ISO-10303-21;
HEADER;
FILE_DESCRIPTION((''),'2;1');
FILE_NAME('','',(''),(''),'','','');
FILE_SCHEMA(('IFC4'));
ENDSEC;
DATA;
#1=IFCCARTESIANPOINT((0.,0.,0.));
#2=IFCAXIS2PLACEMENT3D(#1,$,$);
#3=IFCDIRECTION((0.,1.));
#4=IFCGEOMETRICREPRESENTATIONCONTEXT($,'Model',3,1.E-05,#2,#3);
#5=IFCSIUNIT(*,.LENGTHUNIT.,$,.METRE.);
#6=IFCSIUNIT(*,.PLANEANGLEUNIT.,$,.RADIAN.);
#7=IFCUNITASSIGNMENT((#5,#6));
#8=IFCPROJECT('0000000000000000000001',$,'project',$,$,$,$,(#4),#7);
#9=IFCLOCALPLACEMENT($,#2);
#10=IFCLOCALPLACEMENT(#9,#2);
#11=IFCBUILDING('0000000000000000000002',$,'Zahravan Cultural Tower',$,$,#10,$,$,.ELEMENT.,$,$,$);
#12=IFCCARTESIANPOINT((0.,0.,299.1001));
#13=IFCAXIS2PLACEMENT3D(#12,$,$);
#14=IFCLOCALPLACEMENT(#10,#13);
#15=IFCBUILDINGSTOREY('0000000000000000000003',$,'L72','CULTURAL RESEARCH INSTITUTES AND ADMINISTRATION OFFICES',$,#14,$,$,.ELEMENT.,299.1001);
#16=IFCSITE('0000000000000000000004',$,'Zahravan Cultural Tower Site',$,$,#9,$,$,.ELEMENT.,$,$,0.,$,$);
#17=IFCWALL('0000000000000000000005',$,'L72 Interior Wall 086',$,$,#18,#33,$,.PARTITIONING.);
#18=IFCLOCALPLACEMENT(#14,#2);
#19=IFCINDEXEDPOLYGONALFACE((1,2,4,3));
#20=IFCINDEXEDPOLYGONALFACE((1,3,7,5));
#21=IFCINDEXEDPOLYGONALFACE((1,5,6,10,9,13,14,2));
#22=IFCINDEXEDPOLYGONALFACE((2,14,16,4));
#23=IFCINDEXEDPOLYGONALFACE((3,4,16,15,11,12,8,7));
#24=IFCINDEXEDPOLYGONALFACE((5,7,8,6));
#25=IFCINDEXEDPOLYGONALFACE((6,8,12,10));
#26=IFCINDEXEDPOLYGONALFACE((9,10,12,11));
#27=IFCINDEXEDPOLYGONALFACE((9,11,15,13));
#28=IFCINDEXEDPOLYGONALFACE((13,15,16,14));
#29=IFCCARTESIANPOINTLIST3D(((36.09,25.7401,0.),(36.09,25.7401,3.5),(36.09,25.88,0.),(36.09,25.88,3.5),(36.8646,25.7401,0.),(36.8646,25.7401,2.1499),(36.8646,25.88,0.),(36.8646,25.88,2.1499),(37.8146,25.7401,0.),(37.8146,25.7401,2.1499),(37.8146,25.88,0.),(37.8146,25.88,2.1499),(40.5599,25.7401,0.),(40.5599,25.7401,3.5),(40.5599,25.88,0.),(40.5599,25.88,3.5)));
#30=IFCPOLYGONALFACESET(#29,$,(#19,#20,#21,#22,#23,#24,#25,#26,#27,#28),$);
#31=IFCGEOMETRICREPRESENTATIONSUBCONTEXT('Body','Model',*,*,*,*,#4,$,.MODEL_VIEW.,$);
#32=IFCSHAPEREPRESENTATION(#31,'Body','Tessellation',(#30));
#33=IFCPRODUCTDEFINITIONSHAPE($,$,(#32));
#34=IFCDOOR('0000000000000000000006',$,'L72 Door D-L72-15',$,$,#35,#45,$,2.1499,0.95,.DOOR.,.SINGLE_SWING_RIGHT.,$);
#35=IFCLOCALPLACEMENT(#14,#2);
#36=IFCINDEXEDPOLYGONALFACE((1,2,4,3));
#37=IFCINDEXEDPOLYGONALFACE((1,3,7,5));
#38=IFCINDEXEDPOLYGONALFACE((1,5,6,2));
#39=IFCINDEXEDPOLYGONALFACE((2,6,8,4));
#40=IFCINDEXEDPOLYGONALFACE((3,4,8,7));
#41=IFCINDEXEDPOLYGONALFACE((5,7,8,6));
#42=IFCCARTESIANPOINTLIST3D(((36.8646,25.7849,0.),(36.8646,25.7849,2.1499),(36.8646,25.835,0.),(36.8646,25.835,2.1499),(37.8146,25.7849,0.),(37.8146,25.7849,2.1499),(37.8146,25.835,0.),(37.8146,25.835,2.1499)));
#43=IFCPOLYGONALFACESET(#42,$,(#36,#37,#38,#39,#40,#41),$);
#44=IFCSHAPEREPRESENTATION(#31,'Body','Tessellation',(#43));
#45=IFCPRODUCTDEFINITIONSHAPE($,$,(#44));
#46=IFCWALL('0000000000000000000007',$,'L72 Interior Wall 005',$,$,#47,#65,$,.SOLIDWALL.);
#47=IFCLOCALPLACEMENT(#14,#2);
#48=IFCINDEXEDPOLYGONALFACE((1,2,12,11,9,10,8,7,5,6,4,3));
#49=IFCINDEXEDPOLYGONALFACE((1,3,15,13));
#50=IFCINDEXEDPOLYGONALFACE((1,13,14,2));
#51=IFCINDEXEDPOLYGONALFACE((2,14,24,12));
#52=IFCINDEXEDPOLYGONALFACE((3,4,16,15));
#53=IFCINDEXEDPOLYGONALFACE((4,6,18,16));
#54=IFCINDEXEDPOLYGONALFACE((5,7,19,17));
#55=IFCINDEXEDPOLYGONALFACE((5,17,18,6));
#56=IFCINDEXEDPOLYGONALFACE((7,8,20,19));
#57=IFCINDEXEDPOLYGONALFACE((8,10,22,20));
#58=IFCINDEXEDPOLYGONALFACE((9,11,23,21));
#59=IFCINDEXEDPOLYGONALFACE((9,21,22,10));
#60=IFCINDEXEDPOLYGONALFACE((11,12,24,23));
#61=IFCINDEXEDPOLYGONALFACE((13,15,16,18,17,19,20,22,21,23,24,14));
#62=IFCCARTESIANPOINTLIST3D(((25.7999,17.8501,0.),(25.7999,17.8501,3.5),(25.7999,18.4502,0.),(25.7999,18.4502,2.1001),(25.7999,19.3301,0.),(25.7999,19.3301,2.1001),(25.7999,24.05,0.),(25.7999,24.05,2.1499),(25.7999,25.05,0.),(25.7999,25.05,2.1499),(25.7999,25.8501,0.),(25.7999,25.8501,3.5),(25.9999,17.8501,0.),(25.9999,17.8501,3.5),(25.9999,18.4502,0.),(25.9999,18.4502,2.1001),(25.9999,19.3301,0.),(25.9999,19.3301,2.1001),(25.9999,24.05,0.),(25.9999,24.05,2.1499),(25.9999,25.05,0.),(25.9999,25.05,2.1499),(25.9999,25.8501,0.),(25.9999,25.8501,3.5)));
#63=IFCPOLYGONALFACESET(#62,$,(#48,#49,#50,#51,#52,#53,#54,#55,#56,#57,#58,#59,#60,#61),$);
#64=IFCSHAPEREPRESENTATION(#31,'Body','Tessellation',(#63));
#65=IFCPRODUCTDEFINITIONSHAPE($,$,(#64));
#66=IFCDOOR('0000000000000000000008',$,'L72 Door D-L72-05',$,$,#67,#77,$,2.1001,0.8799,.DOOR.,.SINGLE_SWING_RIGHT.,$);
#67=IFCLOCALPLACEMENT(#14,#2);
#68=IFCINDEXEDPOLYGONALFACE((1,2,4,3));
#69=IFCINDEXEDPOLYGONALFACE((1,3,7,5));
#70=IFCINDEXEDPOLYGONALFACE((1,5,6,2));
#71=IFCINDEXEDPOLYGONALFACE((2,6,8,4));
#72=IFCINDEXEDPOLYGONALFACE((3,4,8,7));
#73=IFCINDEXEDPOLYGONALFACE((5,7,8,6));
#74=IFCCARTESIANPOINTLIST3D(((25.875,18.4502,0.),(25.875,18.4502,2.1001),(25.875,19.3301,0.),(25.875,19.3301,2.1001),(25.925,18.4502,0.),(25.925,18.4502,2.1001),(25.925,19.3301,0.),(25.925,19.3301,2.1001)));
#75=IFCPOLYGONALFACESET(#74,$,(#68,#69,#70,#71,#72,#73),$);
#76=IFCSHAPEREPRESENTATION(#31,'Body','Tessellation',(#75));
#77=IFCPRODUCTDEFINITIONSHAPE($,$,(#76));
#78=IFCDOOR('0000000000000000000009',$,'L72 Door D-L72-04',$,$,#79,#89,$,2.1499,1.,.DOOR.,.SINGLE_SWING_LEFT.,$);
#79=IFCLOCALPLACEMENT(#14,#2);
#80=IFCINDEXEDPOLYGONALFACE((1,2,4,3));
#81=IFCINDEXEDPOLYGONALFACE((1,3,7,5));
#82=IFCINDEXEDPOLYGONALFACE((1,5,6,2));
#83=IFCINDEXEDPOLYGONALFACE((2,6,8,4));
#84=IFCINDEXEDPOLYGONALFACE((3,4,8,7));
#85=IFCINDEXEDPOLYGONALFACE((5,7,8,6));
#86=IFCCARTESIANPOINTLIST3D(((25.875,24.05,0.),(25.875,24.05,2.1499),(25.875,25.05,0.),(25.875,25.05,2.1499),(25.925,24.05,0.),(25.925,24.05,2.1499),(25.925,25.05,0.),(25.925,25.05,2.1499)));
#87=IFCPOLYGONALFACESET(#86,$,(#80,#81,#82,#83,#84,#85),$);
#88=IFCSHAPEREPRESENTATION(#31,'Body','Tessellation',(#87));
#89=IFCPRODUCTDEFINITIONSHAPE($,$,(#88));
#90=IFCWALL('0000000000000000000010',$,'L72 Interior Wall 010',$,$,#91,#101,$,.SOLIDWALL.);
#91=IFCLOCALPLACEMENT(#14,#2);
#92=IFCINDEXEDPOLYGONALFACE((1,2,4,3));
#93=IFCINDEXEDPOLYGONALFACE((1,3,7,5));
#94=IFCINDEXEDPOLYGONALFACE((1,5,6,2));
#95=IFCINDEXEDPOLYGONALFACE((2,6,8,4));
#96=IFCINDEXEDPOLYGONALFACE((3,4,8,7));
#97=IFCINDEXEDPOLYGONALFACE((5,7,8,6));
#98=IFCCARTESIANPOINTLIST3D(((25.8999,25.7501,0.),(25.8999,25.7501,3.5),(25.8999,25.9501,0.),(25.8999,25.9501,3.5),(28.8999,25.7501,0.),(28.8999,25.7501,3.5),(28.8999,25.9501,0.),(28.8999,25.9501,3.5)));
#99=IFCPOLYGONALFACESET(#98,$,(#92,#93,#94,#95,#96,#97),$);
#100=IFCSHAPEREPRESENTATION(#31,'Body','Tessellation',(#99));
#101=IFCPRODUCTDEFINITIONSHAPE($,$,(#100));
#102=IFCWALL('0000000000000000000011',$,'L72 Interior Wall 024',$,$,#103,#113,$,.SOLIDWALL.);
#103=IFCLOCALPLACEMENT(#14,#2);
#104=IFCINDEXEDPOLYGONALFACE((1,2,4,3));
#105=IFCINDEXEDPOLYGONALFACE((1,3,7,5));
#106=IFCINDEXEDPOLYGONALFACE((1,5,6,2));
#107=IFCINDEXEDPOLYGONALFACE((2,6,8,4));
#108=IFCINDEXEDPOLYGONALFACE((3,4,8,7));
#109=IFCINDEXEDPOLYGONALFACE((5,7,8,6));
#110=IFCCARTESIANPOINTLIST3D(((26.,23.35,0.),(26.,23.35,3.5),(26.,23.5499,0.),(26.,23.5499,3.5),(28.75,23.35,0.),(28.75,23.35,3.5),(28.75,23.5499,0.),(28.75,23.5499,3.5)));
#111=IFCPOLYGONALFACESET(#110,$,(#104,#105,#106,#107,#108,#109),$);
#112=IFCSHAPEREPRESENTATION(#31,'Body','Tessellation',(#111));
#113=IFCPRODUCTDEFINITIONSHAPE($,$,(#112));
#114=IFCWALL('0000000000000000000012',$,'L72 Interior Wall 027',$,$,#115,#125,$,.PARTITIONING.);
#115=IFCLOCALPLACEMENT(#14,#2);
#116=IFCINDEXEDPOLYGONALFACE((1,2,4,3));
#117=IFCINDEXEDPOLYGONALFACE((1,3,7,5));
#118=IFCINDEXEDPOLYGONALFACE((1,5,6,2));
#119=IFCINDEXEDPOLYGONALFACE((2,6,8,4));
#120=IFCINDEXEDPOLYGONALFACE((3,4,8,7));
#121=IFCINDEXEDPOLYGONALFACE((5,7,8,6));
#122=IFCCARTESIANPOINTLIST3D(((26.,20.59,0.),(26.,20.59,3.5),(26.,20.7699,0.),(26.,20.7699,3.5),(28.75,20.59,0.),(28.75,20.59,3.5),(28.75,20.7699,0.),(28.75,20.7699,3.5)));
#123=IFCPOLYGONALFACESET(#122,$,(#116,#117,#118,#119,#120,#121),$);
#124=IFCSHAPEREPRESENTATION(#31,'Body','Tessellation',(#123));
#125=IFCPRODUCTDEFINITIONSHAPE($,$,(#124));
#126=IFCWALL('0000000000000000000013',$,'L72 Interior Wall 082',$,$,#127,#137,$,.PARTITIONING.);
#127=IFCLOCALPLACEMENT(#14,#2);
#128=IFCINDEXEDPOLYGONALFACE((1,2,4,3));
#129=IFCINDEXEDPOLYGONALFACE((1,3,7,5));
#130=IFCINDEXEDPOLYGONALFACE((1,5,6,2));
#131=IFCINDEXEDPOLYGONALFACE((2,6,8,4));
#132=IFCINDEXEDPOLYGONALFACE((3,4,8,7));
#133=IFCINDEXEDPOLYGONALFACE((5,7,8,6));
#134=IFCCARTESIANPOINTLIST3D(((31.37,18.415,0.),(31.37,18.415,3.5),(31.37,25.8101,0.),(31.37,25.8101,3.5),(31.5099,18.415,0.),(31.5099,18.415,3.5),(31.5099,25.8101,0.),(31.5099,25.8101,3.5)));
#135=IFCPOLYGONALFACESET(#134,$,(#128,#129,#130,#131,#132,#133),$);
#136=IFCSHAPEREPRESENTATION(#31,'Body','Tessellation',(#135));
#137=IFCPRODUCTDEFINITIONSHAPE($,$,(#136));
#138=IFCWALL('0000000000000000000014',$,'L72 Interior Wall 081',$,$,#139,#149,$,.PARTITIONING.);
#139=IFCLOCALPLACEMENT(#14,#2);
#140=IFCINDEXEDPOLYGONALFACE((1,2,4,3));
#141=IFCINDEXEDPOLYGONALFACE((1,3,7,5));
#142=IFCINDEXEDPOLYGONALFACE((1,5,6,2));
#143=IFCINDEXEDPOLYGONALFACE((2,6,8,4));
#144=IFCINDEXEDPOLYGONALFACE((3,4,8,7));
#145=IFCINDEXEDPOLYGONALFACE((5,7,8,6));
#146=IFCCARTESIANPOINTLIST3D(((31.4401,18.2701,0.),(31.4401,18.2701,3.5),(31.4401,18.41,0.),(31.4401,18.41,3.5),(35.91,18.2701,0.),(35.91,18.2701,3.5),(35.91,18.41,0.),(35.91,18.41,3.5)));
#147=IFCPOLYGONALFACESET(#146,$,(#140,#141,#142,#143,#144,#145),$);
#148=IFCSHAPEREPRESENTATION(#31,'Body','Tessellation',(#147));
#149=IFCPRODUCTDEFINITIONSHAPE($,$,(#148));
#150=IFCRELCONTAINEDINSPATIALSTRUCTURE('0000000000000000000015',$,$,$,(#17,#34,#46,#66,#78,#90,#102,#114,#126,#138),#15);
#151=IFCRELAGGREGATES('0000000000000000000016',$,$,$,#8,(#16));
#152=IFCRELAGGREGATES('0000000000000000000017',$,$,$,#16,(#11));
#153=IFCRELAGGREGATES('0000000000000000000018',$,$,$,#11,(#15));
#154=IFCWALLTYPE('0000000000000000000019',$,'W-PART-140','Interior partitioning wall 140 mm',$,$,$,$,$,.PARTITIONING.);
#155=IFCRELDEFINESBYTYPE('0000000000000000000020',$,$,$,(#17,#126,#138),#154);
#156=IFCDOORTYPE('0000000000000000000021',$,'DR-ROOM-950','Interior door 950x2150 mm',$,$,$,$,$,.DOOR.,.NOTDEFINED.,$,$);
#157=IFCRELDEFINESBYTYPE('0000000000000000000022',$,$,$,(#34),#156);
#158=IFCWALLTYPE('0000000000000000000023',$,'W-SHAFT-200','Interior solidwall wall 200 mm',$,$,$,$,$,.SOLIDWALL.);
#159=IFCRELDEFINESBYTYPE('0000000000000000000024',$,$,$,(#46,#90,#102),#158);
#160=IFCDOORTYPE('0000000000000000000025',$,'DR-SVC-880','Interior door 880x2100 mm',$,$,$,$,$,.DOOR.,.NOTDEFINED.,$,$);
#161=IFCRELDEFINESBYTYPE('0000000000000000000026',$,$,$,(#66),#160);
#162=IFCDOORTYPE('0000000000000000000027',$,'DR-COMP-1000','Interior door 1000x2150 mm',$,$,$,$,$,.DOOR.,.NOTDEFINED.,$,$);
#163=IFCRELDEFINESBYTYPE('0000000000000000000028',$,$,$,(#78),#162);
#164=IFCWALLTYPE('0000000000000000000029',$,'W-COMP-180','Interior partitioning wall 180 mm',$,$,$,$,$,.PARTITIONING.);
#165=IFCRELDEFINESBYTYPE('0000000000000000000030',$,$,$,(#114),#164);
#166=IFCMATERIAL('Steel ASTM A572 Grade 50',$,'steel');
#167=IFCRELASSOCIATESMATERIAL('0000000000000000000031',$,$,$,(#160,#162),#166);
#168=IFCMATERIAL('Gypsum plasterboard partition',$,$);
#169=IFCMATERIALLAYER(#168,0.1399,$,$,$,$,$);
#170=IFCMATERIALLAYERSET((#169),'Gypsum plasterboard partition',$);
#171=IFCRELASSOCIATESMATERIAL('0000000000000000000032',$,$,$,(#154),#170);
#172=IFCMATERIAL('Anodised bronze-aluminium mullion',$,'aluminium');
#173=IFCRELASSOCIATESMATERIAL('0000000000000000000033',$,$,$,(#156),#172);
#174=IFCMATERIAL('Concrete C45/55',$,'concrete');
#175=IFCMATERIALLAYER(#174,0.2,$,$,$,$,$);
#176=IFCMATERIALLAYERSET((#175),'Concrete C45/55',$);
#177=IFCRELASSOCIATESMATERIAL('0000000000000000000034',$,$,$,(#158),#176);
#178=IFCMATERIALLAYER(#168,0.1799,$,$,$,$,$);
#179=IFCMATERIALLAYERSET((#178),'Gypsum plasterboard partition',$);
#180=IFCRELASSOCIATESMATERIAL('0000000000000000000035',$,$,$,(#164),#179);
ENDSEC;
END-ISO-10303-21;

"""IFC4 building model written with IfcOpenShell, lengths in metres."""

from ifc_helpers import new_model, si_unit, direction, frame, frame_2d, origin, place, context, subcontext, project, spatial, rectangle, extrude, source, transform, mapped, material, layer, layer_set, type_object, element, fill, save


model = new_model("IFC4")

# Units and contexts
model_context = context("Model", 3, precision=1e-05, world=origin(), true_north=direction((0.0, 1.0)))
body_context = subcontext(model_context, "Body", "Model", "MODEL_VIEW")
ifc_project = project(units=[si_unit("LENGTHUNIT", "METRE"), si_unit("PLANEANGLEUNIT", "RADIAN")], contexts=[model_context])

# Site, building, storey
site_placement = place(None, origin())
site = spatial("IfcSite", under=ifc_project, at=site_placement, Name="Zahravan Cultural Tower Site", CompositionType="ELEMENT", RefElevation=0.0)
building_placement = place(site_placement, origin())
building = spatial("IfcBuilding", under=site, at=building_placement, Name="Zahravan Cultural Tower", CompositionType="ELEMENT")
storey_placement = place(building_placement, frame((0.0, 0.0, 299.1001)))
storey = spatial("IfcBuildingStorey", under=building, at=storey_placement, Name="L72", Description="CULTURAL RESEARCH INSTITUTES AND ADMINISTRATION OFFICES", CompositionType="ELEMENT", Elevation=299.1001)

# Shared definitions
ifc_material_1 = material(Name="Steel ASTM A572 Grade 50", Category="steel")
door_type_1 = type_object("IfcDoorType", Name="DR-SVC-880", Description="Interior door 880x2100 mm", OperationType="NOTDEFINED", PredefinedType="DOOR", material=ifc_material_1)
shared_shape_1 = source(origin(), body_context, "Body", "SweptSolid", [
    extrude(rectangle(XDim=0.8799, YDim=2.1001, at=frame_2d((0.4399, 1.05))), frame((0.0, 0.0249, 0.0), z_axis=(0.0, -1.0, 0.0), x_axis=(1.0, 0.0, 0.0)), (0.0, 0.0, 1.0), 0.05),
])

# Wall, opening, door
ifc_material_2 = material(Name="Gypsum plasterboard partition")
ifc_layer_1 = layer(ifc_material_2, 0.1399)
ifc_layer_set_1 = layer_set([ifc_layer_1], Name="Gypsum plasterboard partition")
wall_type_1 = type_object("IfcWallType", Name="W-PART-140", Description="Interior partitioning wall 140 mm", PredefinedType="PARTITIONING", material=ifc_layer_set_1)
ifc_material_3 = material(Name="Anodised bronze-aluminium mullion", Category="aluminium")
door_type_2 = type_object("IfcDoorType", Name="DR-ROOM-950", Description="Interior door 950x2150 mm", OperationType="NOTDEFINED", PredefinedType="DOOR", material=ifc_material_3)
shared_shape_2 = source(origin(), body_context, "Body", "SweptSolid", [
    extrude(rectangle(XDim=0.95, YDim=2.1499, at=frame_2d((0.4751, 1.075))), frame((0.0, 0.0249, 0.0), z_axis=(0.0, -1.0, 0.0), x_axis=(1.0, 0.0, 0.0)), (0.0, 0.0, 1.0), 0.05),
])
wall_1_placement = place(storey_placement, frame((36.0901, 25.8101, 0.0), z_axis=(0.0, 0.0, 1.0), x_axis=(1.0, 0.0, 0.0)))
wall_1 = element("IfcWall", 1, at=wall_1_placement, inside=storey, type_object=wall_type_1, Name="L72 Interior Wall 086", PredefinedType="PARTITIONING", context=body_context, shape_type="SweptSolid", body=[
    extrude(rectangle(XDim=4.47, YDim=0.1399, at=frame_2d((2.2349, 0.0))), origin(), (0.0, 0.0, 1.0), 3.5),
])
opening_1_placement = place(wall_1_placement, frame((0.7744, 0.0, 0.0)))
opening_1 = element("IfcOpeningElement", 2, at=opening_1_placement, cuts=wall_1, PredefinedType="OPENING", context=body_context, shape_type="SweptSolid", body=[
    extrude(rectangle(XDim=0.95, YDim=2.1499, at=frame_2d((0.4751, 1.075))), frame((0.0, 0.0798, 0.0), z_axis=(0.0, -1.0, 0.0), x_axis=(1.0, 0.0, 0.0)), (0.0, 0.0, 1.0), 0.1599),
])
door_1_placement = place(opening_1_placement, origin())
door_1 = element("IfcDoor", 3, at=door_1_placement, inside=storey, type_object=door_type_2, Name="L72 Door D-L72-15", OperationType="SINGLE_SWING_RIGHT", OverallHeight=2.1499, OverallWidth=0.95, PredefinedType="DOOR", context=body_context, shape_type="MappedRepresentation", body=[
    mapped(shared_shape_2, transform((0.0, 0.0, 0.0), x_axis=(1.0, 0.0, 0.0), y_axis=(0.0, 1.0, 0.0), z_axis=(0.0, 0.0, 1.0), scale=1.0)),
])
fill(opening_1, door_1)

# Wall, openings, doors
ifc_material_4 = material(Name="Concrete C45/55", Category="concrete")
ifc_layer_2 = layer(ifc_material_4, 0.2)
ifc_layer_set_2 = layer_set([ifc_layer_2], Name="Concrete C45/55")
wall_type_2 = type_object("IfcWallType", Name="W-SHAFT-200", Description="Interior solidwall wall 200 mm", PredefinedType="SOLIDWALL", material=ifc_layer_set_2)
wall_2_placement = place(storey_placement, frame((25.8999, 17.8501, 0.0), z_axis=(0.0, 0.0, 1.0), x_axis=(0.0, 1.0, 0.0)))
wall_2 = element("IfcWall", 4, at=wall_2_placement, inside=storey, type_object=wall_type_2, Name="L72 Interior Wall 005", PredefinedType="SOLIDWALL", context=body_context, shape_type="SweptSolid", body=[
    extrude(rectangle(XDim=8.0, YDim=0.2, at=frame_2d((4.0, 0.0))), origin(), (0.0, 0.0, 1.0), 3.5),
])
opening_2_placement = place(wall_2_placement, frame((6.2, 0.0, 0.0)))
opening_2 = element("IfcOpeningElement", 5, at=opening_2_placement, cuts=wall_2, PredefinedType="OPENING", context=body_context, shape_type="SweptSolid", body=[
    extrude(rectangle(XDim=1.0, YDim=2.1499, at=frame_2d((0.5, 1.075))), frame((0.0, 0.1099, 0.0), z_axis=(0.0, -1.0, 0.0), x_axis=(1.0, 0.0, 0.0)), (0.0, 0.0, 1.0), 0.22),
])
opening_3_placement = place(wall_2_placement, frame((0.6001, 0.0, 0.0)))
opening_3 = element("IfcOpeningElement", 6, at=opening_3_placement, cuts=wall_2, PredefinedType="OPENING", context=body_context, shape_type="SweptSolid", body=[
    extrude(rectangle(XDim=0.8799, YDim=2.1001, at=frame_2d((0.4399, 1.05))), frame((0.0, 0.1099, 0.0), z_axis=(0.0, -1.0, 0.0), x_axis=(1.0, 0.0, 0.0)), (0.0, 0.0, 1.0), 0.22),
])
door_2_placement = place(opening_3_placement, origin())
door_2 = element("IfcDoor", 7, at=door_2_placement, inside=storey, type_object=door_type_1, Name="L72 Door D-L72-05", OperationType="SINGLE_SWING_RIGHT", OverallHeight=2.1001, OverallWidth=0.8799, PredefinedType="DOOR", context=body_context, shape_type="MappedRepresentation", body=[
    mapped(shared_shape_1, transform((0.0, 0.0, 0.0), x_axis=(1.0, 0.0, 0.0), y_axis=(0.0, 1.0, 0.0), z_axis=(0.0, 0.0, 1.0), scale=1.0)),
])
fill(opening_3, door_2)
door_type_3 = type_object("IfcDoorType", Name="DR-COMP-1000", Description="Interior door 1000x2150 mm", OperationType="NOTDEFINED", PredefinedType="DOOR", material=ifc_material_1)
shared_shape_3 = source(origin(), body_context, "Body", "SweptSolid", [
    extrude(rectangle(XDim=1.0, YDim=2.1499, at=frame_2d((0.5, 1.075))), frame((0.0, 0.0249, 0.0), z_axis=(0.0, -1.0, 0.0), x_axis=(1.0, 0.0, 0.0)), (0.0, 0.0, 1.0), 0.05),
])
door_3_placement = place(opening_2_placement, origin())
door_3 = element("IfcDoor", 8, at=door_3_placement, inside=storey, type_object=door_type_3, Name="L72 Door D-L72-04", OperationType="SINGLE_SWING_LEFT", OverallHeight=2.1499, OverallWidth=1.0, PredefinedType="DOOR", context=body_context, shape_type="MappedRepresentation", body=[
    mapped(shared_shape_3, transform((0.0, 0.0, 0.0), x_axis=(1.0, 0.0, 0.0), y_axis=(0.0, 1.0, 0.0), z_axis=(0.0, 0.0, 1.0), scale=1.0)),
])
fill(opening_2, door_3)

# Walls
shared_shape_4 = source(origin(), body_context, "Body", "SweptSolid", [
    extrude(rectangle(XDim=3.0, YDim=0.2, at=frame_2d((1.5, 0.0))), origin(), (0.0, 0.0, 1.0), 3.5),
])
wall_3_placement = place(storey_placement, frame((25.8999, 25.8501, 0.0), z_axis=(0.0, 0.0, 1.0), x_axis=(1.0, 0.0, 0.0)))
element("IfcWall", 9, at=wall_3_placement, inside=storey, type_object=wall_type_2, Name="L72 Interior Wall 010", PredefinedType="SOLIDWALL", context=body_context, shape_type="MappedRepresentation", body=[
    mapped(shared_shape_4, transform((0.0, 0.0, 0.0), x_axis=(1.0, 0.0, 0.0), y_axis=(0.0, 1.0, 0.0), z_axis=(0.0, 0.0, 1.0), scale=1.0)),
])
shared_shape_5 = source(origin(), body_context, "Body", "SweptSolid", [
    extrude(rectangle(XDim=2.75, YDim=0.2, at=frame_2d((1.375, 0.0))), origin(), (0.0, 0.0, 1.0), 3.5),
])
wall_4_placement = place(storey_placement, frame((26.0, 23.45, 0.0), z_axis=(0.0, 0.0, 1.0), x_axis=(1.0, 0.0, 0.0)))
element("IfcWall", 10, at=wall_4_placement, inside=storey, type_object=wall_type_2, Name="L72 Interior Wall 024", PredefinedType="SOLIDWALL", context=body_context, shape_type="MappedRepresentation", body=[
    mapped(shared_shape_5, transform((0.0, 0.0, 0.0), x_axis=(1.0, 0.0, 0.0), y_axis=(0.0, 1.0, 0.0), z_axis=(0.0, 0.0, 1.0), scale=1.0)),
])
ifc_layer_3 = layer(ifc_material_2, 0.1799)
ifc_layer_set_3 = layer_set([ifc_layer_3], Name="Gypsum plasterboard partition")
wall_type_3 = type_object("IfcWallType", Name="W-COMP-180", Description="Interior partitioning wall 180 mm", PredefinedType="PARTITIONING", material=ifc_layer_set_3)
shared_shape_6 = source(origin(), body_context, "Body", "SweptSolid", [
    extrude(rectangle(XDim=2.75, YDim=0.1799, at=frame_2d((1.375, 0.0))), origin(), (0.0, 0.0, 1.0), 3.5),
])
wall_5_placement = place(storey_placement, frame((26.0, 20.6799, 0.0), z_axis=(0.0, 0.0, 1.0), x_axis=(1.0, 0.0, 0.0)))
element("IfcWall", 11, at=wall_5_placement, inside=storey, type_object=wall_type_3, Name="L72 Interior Wall 027", PredefinedType="PARTITIONING", context=body_context, shape_type="MappedRepresentation", body=[
    mapped(shared_shape_6, transform((0.0, 0.0, 0.0), x_axis=(1.0, 0.0, 0.0), y_axis=(0.0, 1.0, 0.0), z_axis=(0.0, 0.0, 1.0), scale=1.0)),
])
shared_shape_7 = source(origin(), body_context, "Body", "SweptSolid", [
    extrude(rectangle(XDim=7.395, YDim=0.1399, at=frame_2d((3.6975, 0.0))), origin(), (0.0, 0.0, 1.0), 3.5),
])
wall_6_placement = place(storey_placement, frame((31.4399, 18.415, 0.0), z_axis=(0.0, 0.0, 1.0), x_axis=(0.0, 1.0, 0.0)))
element("IfcWall", 12, at=wall_6_placement, inside=storey, type_object=wall_type_1, Name="L72 Interior Wall 082", PredefinedType="PARTITIONING", context=body_context, shape_type="MappedRepresentation", body=[
    mapped(shared_shape_7, transform((0.0, 0.0, 0.0), x_axis=(1.0, 0.0, 0.0), y_axis=(0.0, 1.0, 0.0), z_axis=(0.0, 0.0, 1.0), scale=1.0)),
])
shared_shape_8 = source(origin(), body_context, "Body", "SweptSolid", [
    extrude(rectangle(XDim=4.47, YDim=0.1399, at=frame_2d((2.2349, 0.0))), origin(), (0.0, 0.0, 1.0), 3.5),
])
wall_7_placement = place(storey_placement, frame((35.9099, 18.3401, 0.0), z_axis=(0.0, 0.0, 1.0), x_axis=(-1.0, 0.0, 0.0)))
element("IfcWall", 13, at=wall_7_placement, inside=storey, type_object=wall_type_1, Name="L72 Interior Wall 081", PredefinedType="PARTITIONING", context=body_context, shape_type="MappedRepresentation", body=[
    mapped(shared_shape_8, transform((0.0, 0.0, 0.0), x_axis=(1.0, 0.0, 0.0), y_axis=(0.0, 1.0, 0.0), z_axis=(0.0, 0.0, 1.0), scale=1.0)),
])

save(model, "model.ifc")
